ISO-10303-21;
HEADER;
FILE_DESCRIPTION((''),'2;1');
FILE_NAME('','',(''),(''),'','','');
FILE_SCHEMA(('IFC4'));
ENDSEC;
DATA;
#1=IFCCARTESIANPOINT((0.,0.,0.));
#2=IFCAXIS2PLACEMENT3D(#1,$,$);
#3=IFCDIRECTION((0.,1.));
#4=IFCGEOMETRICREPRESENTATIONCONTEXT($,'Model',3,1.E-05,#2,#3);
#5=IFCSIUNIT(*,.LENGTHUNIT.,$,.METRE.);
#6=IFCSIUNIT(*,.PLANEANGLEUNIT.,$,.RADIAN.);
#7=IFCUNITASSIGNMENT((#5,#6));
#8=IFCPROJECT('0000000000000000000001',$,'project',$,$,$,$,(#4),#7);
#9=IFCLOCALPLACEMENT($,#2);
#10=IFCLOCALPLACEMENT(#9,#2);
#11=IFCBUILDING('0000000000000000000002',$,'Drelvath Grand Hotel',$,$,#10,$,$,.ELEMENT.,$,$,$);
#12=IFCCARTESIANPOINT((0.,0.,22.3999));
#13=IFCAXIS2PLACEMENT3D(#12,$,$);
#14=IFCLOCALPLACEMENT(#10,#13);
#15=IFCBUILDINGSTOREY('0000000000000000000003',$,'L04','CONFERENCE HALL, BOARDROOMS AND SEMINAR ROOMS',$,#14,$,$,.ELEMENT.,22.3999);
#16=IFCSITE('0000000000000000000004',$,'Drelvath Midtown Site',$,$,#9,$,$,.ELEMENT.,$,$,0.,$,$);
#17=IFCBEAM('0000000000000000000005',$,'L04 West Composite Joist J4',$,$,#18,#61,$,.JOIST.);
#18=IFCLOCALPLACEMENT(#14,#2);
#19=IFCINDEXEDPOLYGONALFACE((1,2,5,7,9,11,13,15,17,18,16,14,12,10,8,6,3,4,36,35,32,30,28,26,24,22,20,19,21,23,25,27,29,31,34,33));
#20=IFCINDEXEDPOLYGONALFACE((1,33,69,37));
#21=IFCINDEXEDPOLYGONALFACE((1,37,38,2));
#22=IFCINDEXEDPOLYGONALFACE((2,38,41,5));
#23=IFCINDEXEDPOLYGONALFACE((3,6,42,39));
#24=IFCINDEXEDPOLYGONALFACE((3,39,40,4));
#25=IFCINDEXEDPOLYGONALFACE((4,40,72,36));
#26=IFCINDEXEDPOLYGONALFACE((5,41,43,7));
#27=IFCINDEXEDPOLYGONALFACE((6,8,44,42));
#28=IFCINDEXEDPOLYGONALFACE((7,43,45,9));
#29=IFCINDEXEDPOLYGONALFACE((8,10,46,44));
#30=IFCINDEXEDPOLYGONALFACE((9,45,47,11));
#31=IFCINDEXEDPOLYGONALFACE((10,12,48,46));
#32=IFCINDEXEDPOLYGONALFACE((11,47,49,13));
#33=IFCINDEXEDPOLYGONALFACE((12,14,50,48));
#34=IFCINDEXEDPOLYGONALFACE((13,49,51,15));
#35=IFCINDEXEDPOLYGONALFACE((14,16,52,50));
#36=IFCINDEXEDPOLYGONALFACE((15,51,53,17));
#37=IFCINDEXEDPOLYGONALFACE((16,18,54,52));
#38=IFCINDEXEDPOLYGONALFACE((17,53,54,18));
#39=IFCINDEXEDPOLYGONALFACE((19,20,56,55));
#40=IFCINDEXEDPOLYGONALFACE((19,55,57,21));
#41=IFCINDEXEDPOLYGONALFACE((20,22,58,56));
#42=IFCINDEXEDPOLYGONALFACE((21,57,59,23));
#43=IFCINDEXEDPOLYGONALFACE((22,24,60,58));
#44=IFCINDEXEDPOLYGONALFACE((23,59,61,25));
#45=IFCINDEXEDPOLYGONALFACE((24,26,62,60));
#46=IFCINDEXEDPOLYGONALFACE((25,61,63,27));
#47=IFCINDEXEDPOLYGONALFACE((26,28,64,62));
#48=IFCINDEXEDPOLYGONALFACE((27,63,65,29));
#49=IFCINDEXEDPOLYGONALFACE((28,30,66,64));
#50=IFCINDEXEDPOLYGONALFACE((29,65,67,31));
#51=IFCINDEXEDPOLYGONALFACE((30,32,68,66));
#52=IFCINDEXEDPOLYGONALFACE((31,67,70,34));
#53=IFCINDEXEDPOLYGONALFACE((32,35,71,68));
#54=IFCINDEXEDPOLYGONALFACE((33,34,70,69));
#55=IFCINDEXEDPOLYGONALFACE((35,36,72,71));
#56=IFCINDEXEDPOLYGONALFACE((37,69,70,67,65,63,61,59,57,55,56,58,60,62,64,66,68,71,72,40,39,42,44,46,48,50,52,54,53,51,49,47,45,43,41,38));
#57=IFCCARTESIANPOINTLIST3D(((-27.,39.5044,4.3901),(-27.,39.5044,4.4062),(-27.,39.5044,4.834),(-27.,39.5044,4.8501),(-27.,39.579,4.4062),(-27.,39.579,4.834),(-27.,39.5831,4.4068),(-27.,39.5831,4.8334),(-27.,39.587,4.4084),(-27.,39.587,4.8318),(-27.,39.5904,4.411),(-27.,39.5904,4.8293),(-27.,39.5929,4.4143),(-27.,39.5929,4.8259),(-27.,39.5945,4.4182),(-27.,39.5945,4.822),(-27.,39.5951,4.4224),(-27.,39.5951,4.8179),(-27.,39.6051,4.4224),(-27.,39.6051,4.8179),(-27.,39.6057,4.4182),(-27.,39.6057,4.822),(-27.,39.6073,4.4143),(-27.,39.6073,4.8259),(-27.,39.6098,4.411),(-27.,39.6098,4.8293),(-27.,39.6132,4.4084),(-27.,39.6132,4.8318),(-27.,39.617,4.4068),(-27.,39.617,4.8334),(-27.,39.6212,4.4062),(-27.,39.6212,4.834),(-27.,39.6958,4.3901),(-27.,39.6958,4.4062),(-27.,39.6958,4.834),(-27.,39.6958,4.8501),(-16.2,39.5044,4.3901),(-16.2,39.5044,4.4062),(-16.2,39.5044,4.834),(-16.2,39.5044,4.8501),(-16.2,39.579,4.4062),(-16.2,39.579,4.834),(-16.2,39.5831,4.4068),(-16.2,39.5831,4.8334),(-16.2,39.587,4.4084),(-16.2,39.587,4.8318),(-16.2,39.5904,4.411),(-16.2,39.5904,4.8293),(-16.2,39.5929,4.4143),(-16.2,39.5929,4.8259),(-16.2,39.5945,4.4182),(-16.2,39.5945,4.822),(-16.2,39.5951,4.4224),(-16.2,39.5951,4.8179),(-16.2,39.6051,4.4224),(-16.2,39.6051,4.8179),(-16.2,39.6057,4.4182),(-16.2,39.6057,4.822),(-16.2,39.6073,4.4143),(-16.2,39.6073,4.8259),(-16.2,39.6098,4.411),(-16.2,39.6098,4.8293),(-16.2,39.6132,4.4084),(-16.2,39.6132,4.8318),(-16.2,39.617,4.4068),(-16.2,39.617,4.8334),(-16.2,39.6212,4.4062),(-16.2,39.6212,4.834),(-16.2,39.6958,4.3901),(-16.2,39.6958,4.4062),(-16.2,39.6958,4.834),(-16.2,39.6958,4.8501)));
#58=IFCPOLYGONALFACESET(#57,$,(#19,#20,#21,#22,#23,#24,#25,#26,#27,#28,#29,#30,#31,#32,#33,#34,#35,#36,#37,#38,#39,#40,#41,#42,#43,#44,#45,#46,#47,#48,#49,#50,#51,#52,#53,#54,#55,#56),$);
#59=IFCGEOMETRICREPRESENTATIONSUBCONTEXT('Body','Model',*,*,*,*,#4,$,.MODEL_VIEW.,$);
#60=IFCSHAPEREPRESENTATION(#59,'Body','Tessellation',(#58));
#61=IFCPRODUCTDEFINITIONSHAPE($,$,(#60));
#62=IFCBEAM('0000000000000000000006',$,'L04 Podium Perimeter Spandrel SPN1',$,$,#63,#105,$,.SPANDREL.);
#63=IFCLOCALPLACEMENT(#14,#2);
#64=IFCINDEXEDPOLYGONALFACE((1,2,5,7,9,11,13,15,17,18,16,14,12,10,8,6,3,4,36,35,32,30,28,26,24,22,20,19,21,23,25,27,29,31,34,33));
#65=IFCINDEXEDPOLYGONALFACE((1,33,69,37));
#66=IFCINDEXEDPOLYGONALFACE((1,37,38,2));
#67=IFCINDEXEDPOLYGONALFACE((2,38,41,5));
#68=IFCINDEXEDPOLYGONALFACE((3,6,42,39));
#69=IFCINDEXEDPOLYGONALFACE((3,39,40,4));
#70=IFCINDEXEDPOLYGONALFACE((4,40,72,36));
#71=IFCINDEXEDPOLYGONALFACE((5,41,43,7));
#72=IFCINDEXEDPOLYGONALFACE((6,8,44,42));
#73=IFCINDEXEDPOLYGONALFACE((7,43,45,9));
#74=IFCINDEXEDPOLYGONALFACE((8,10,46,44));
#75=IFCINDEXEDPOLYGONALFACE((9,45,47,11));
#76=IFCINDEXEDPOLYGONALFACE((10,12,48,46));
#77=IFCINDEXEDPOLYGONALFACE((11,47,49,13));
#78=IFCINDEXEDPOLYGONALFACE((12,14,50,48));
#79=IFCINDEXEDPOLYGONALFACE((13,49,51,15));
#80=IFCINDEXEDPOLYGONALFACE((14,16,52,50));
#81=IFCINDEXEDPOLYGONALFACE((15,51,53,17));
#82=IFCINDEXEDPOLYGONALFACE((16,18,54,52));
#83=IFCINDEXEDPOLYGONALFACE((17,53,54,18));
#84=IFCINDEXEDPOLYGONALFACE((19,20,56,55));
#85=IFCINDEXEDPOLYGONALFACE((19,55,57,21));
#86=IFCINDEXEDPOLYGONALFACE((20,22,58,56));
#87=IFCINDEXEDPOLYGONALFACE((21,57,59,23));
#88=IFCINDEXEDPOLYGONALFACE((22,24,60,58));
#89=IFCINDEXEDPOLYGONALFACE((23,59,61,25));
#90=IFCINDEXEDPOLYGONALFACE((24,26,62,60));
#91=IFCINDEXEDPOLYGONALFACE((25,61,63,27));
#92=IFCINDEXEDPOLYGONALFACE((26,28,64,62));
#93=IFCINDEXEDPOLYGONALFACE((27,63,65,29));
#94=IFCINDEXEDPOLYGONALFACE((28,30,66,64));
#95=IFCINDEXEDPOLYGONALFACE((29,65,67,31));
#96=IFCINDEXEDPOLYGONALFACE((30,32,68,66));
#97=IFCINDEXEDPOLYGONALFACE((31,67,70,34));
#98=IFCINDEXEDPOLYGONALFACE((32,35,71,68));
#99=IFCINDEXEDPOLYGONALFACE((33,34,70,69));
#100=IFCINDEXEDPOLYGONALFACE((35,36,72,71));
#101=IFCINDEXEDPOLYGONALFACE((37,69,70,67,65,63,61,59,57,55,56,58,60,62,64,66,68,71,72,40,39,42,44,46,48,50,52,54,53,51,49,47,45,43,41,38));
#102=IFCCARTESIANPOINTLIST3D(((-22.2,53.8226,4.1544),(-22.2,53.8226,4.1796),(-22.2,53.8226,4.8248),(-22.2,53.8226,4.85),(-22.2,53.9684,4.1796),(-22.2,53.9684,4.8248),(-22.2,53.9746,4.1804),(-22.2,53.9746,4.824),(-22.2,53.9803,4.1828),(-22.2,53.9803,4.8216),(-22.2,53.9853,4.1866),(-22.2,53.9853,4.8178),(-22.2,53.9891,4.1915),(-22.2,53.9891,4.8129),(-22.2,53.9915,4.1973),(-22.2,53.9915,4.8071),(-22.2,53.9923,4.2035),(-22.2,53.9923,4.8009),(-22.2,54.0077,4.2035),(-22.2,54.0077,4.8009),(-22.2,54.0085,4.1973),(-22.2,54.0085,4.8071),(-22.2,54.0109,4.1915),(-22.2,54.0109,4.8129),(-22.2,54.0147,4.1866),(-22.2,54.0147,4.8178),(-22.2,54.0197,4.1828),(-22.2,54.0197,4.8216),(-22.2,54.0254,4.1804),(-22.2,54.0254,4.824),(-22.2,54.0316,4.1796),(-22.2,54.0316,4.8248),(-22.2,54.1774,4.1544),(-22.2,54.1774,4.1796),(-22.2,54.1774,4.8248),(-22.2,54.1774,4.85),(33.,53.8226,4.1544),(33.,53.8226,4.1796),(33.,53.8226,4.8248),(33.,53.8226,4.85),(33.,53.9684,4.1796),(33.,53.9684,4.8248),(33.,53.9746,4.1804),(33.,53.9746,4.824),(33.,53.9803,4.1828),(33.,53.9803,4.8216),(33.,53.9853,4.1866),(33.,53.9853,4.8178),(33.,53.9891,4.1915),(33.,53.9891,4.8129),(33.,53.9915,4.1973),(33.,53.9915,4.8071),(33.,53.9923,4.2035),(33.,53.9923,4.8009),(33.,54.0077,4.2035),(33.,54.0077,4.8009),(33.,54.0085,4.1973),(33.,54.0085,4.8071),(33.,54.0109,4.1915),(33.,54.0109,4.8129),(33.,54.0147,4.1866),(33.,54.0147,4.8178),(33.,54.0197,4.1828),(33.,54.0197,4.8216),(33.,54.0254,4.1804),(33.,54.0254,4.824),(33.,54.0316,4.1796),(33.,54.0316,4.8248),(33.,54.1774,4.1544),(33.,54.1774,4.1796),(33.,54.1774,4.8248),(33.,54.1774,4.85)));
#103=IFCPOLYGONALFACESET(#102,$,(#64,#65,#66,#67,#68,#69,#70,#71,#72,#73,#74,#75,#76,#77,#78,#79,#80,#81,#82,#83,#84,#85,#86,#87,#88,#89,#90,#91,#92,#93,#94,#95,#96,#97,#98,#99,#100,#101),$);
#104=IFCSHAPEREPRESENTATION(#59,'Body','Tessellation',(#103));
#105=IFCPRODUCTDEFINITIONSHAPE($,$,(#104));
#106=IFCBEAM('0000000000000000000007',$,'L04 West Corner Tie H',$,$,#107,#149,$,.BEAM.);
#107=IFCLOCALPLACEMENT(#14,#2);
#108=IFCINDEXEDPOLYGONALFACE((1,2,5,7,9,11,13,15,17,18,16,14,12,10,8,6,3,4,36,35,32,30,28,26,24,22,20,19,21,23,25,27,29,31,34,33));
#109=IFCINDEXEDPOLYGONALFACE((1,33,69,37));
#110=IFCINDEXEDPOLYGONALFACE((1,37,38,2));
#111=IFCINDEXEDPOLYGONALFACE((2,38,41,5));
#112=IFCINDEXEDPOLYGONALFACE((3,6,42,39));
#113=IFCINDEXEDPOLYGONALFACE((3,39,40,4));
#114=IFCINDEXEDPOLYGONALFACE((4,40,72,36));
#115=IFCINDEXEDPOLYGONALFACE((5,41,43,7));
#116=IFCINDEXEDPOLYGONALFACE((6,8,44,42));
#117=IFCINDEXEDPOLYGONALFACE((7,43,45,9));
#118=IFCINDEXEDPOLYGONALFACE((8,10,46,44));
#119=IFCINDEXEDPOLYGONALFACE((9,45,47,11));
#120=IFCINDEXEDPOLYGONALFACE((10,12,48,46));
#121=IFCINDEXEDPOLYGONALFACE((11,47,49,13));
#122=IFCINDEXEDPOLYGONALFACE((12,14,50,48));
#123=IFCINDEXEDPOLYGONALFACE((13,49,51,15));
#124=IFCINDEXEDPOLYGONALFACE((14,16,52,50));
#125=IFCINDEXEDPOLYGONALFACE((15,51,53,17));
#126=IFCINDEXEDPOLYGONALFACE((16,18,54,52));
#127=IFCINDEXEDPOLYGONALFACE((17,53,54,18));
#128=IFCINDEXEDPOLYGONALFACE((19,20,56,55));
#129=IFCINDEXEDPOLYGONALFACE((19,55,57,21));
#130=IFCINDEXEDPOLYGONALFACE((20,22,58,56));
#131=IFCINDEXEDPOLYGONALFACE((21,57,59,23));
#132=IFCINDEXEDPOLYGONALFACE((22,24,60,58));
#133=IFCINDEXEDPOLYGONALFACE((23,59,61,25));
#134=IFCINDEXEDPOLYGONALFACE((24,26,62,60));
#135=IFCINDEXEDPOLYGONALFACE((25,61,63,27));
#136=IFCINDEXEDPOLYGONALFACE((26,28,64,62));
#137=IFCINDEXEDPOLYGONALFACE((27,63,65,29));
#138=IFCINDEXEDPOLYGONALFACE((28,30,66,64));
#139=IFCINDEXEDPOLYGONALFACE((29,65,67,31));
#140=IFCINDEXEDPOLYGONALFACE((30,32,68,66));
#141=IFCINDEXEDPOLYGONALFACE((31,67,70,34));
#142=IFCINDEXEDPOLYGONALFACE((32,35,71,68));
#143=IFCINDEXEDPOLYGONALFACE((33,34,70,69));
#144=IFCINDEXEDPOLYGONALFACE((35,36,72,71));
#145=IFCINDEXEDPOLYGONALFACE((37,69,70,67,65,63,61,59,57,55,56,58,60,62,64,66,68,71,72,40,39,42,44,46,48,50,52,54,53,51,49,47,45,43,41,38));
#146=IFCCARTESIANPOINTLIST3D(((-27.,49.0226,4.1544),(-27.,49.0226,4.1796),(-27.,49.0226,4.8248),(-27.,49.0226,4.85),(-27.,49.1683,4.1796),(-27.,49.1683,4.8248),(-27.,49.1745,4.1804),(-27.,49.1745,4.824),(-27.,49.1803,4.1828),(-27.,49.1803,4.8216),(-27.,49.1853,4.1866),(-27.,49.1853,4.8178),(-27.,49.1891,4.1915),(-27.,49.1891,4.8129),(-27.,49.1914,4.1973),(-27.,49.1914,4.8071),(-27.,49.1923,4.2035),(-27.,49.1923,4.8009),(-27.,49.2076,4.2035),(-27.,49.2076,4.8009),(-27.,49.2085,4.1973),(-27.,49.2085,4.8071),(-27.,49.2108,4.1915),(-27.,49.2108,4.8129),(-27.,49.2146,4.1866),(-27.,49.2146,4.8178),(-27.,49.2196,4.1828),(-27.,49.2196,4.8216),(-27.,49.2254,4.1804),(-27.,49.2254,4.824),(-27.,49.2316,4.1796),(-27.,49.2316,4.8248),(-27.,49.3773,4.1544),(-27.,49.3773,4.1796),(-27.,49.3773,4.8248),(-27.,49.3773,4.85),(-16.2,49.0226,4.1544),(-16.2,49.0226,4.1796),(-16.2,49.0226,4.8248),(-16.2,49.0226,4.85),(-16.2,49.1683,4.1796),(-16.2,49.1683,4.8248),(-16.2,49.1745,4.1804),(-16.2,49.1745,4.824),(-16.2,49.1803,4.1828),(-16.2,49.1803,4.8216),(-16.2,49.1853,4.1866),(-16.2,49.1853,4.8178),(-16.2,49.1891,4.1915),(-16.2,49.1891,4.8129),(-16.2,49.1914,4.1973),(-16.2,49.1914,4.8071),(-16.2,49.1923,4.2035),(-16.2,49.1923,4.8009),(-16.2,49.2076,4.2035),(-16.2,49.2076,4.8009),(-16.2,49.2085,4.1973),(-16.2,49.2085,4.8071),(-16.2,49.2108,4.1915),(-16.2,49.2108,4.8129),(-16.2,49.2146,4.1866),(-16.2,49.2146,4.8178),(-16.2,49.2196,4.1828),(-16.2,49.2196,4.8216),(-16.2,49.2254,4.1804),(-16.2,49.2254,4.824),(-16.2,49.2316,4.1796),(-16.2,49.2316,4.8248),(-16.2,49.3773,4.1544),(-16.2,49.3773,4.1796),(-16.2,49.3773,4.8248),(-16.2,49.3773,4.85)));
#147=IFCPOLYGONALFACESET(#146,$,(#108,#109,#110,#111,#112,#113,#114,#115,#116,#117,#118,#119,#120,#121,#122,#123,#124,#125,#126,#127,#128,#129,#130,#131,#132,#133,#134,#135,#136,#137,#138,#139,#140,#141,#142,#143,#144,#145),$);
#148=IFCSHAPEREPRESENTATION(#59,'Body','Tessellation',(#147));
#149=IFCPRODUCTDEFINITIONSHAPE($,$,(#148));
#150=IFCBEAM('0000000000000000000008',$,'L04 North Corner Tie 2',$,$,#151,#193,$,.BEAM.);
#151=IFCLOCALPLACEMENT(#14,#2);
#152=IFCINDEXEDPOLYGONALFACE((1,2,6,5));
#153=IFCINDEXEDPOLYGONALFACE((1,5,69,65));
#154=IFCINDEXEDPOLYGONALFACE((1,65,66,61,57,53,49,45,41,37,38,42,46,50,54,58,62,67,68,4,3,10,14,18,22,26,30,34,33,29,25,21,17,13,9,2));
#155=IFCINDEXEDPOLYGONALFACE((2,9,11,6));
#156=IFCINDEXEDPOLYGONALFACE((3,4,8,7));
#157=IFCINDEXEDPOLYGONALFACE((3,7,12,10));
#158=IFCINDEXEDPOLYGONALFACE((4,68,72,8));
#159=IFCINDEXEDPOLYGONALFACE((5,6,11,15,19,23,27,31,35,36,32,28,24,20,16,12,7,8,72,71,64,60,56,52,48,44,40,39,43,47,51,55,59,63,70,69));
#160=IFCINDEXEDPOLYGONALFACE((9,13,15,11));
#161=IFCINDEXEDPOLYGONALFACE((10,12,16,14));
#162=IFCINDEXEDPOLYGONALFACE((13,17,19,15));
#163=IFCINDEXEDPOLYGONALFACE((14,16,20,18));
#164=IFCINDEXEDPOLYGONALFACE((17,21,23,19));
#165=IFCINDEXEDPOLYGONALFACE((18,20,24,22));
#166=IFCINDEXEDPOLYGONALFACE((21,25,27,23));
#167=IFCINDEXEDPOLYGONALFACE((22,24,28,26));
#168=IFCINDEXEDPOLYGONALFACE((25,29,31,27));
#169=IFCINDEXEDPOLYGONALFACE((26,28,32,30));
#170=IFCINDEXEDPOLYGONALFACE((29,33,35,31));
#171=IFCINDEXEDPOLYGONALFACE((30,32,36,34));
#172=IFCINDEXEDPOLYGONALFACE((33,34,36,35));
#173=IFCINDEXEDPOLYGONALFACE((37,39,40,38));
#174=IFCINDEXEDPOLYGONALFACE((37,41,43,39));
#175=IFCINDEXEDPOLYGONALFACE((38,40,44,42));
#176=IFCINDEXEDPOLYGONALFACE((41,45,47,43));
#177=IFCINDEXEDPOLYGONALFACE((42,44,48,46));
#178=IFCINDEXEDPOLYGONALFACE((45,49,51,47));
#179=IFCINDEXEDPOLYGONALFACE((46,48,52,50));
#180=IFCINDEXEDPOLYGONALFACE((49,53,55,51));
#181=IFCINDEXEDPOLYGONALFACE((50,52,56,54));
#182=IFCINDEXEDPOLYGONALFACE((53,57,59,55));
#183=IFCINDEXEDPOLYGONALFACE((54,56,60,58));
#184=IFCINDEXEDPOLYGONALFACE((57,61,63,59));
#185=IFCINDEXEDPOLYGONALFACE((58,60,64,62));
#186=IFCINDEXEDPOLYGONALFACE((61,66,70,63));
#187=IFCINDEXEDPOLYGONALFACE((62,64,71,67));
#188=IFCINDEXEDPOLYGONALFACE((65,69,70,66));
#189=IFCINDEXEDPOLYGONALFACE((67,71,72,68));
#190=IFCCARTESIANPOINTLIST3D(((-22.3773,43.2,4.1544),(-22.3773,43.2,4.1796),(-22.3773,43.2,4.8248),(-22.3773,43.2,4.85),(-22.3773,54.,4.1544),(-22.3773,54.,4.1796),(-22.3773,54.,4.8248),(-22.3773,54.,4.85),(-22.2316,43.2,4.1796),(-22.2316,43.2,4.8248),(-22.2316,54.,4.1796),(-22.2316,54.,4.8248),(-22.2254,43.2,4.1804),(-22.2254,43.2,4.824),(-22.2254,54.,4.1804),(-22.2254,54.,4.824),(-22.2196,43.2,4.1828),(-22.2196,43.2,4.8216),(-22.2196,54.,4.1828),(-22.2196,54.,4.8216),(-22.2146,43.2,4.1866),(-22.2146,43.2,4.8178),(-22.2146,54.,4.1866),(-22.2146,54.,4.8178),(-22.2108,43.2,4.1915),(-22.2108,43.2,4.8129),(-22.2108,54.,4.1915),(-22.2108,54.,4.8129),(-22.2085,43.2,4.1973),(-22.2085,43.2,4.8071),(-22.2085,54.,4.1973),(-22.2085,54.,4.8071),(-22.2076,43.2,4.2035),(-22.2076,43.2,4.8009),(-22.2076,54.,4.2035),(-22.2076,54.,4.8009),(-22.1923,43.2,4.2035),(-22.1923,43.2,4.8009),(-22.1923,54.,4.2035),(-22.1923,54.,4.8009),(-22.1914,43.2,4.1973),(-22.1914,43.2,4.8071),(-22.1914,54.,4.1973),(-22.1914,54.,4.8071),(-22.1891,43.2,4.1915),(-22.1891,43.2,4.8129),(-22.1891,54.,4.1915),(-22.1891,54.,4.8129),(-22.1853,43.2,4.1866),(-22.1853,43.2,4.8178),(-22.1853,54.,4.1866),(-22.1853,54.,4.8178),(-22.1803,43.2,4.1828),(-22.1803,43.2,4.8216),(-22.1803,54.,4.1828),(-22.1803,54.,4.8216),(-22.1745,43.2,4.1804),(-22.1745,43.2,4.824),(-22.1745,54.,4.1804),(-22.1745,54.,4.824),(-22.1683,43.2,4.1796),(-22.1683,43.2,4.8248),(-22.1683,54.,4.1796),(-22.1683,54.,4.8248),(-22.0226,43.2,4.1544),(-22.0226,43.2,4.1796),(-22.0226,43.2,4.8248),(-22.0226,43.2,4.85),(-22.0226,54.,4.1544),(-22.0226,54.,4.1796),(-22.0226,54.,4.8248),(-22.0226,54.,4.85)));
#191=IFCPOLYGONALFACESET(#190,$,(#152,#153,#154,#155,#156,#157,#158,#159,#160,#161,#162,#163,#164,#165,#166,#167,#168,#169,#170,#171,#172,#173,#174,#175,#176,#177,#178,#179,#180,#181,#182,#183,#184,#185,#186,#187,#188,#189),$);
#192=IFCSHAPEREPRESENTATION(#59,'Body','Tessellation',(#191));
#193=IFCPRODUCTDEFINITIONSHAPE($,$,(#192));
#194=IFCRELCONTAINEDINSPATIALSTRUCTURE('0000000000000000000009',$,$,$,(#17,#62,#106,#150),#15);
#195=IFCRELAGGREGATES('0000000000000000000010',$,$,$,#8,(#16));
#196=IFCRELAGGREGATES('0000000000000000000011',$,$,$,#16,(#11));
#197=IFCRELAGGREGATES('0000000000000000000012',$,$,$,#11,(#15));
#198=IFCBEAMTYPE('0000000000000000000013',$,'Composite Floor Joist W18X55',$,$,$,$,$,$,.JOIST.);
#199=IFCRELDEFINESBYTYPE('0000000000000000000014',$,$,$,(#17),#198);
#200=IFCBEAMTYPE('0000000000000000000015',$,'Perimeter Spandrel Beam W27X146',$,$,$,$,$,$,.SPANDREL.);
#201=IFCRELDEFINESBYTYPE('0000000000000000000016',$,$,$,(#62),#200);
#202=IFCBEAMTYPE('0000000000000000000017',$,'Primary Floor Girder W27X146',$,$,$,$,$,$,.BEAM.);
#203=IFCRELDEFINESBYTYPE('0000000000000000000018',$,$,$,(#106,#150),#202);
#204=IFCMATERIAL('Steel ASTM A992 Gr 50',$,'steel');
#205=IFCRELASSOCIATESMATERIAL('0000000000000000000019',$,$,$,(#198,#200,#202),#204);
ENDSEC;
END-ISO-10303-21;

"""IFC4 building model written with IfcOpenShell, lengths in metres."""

from ifc_helpers import new_model, si_unit, direction, frame, origin, origin_2d, place, context, subcontext, project, spatial, i_section, extrude, material, material_profile, profile_set, type_object, element, save


model = new_model("IFC4")

# Units and contexts
model_context = context("Model", 3, precision=1e-05, world=origin(), true_north=direction((0.0, 1.0)))
body_context = subcontext(model_context, "Body", "Model", "MODEL_VIEW")
ifc_project = project(units=[si_unit("LENGTHUNIT", "METRE"), si_unit("PLANEANGLEUNIT", "RADIAN")], contexts=[model_context])

# Site, building, storey
site_placement = place(None, origin())
site = spatial("IfcSite", under=ifc_project, at=site_placement, Name="Drelvath Midtown Site", CompositionType="ELEMENT", RefElevation=0.0)
building_placement = place(site_placement, origin())
building = spatial("IfcBuilding", under=site, at=building_placement, Name="Drelvath Grand Hotel", CompositionType="ELEMENT")
storey_placement = place(building_placement, frame((0.0, 0.0, 22.3999)))
storey = spatial("IfcBuildingStorey", under=building, at=storey_placement, Name="L04", Description="CONFERENCE HALL, BOARDROOMS AND SEMINAR ROOMS", CompositionType="ELEMENT", Elevation=22.3999)

# Beams
ifc_material_1 = material(Name="Steel ASTM A992 Gr 50", Category="steel")
ifc_material_profile_1 = material_profile(ifc_material_1, i_section(OverallWidth=0.1914, OverallDepth=0.46, WebThickness=0.01, FlangeThickness=0.0161, FilletRadius=0.0161, at=origin_2d()), Name="W18X55")
ifc_profile_set_1 = profile_set([ifc_material_profile_1], Name="Steel ASTM A992 Gr 50")
beam_type_1 = type_object("IfcBeamType", Name="Composite Floor Joist W18X55", PredefinedType="JOIST", material=ifc_profile_set_1)
beam_1_placement = place(storey_placement, frame((-27.0, 39.6001, 4.6201), z_axis=(1.0, 0.0, 0.0), x_axis=(0.0, 1.0, 0.0)))
element("IfcBeam", 1, at=beam_1_placement, inside=storey, type_object=beam_type_1, Name="L04 West Composite Joist J4", PredefinedType="JOIST", context=body_context, shape_type="SweptSolid", body=[
    extrude(i_section(OverallWidth=0.1914, OverallDepth=0.46, WebThickness=0.01, FlangeThickness=0.0161, FilletRadius=0.0161, at=origin_2d()), origin(), (0.0, 0.0, 1.0), 10.8),
])
ifc_material_profile_2 = material_profile(ifc_material_1, i_section(OverallWidth=0.3547, OverallDepth=0.6956, WebThickness=0.0154, FlangeThickness=0.0251, FilletRadius=0.0239, at=origin_2d()), Name="W27X146")
ifc_profile_set_2 = profile_set([ifc_material_profile_2], Name="Steel ASTM A992 Gr 50")
beam_type_2 = type_object("IfcBeamType", Name="Perimeter Spandrel Beam W27X146", PredefinedType="SPANDREL", material=ifc_profile_set_2)
beam_2_placement = place(storey_placement, frame((-22.2, 54.0, 4.5022), z_axis=(1.0, 0.0, 0.0), x_axis=(0.0, 1.0, 0.0)))
element("IfcBeam", 2, at=beam_2_placement, inside=storey, type_object=beam_type_2, Name="L04 Podium Perimeter Spandrel SPN1", PredefinedType="SPANDREL", context=body_context, shape_type="SweptSolid", body=[
    extrude(i_section(OverallWidth=0.3547, OverallDepth=0.6956, WebThickness=0.0154, FlangeThickness=0.0251, FilletRadius=0.0239, at=origin_2d()), origin(), (0.0, 0.0, 1.0), 55.2),
])
ifc_material_profile_3 = material_profile(ifc_material_1, i_section(OverallWidth=0.3547, OverallDepth=0.6956, WebThickness=0.0154, FlangeThickness=0.0251, FilletRadius=0.0239, at=origin_2d()), Name="W27X146")
ifc_profile_set_3 = profile_set([ifc_material_profile_3], Name="Steel ASTM A992 Gr 50")
beam_type_3 = type_object("IfcBeamType", Name="Primary Floor Girder W27X146", PredefinedType="BEAM", material=ifc_profile_set_3)
for number, where, z_axis, x_axis, name in (
    (3, (-27.0, 49.2, 4.5022), (1.0, 0.0, 0.0), (0.0, 1.0, 0.0), "L04 West Corner Tie H"),
    (4, (-22.2, 43.2, 4.5022), (0.0, 1.0, 0.0), (-1.0, 0.0, 0.0), "L04 North Corner Tie 2"),
):
    element("IfcBeam", number, at=place(storey_placement, frame(where, z_axis=z_axis, x_axis=x_axis)), inside=storey, type_object=beam_type_3, Name=name, PredefinedType="BEAM", context=body_context, shape_type="SweptSolid", body=[
        extrude(i_section(OverallWidth=0.3547, OverallDepth=0.6956, WebThickness=0.0154, FlangeThickness=0.0251, FilletRadius=0.0239, at=origin_2d()), origin(), (0.0, 0.0, 1.0), 10.8),
    ])

save(model, "model.ifc")
